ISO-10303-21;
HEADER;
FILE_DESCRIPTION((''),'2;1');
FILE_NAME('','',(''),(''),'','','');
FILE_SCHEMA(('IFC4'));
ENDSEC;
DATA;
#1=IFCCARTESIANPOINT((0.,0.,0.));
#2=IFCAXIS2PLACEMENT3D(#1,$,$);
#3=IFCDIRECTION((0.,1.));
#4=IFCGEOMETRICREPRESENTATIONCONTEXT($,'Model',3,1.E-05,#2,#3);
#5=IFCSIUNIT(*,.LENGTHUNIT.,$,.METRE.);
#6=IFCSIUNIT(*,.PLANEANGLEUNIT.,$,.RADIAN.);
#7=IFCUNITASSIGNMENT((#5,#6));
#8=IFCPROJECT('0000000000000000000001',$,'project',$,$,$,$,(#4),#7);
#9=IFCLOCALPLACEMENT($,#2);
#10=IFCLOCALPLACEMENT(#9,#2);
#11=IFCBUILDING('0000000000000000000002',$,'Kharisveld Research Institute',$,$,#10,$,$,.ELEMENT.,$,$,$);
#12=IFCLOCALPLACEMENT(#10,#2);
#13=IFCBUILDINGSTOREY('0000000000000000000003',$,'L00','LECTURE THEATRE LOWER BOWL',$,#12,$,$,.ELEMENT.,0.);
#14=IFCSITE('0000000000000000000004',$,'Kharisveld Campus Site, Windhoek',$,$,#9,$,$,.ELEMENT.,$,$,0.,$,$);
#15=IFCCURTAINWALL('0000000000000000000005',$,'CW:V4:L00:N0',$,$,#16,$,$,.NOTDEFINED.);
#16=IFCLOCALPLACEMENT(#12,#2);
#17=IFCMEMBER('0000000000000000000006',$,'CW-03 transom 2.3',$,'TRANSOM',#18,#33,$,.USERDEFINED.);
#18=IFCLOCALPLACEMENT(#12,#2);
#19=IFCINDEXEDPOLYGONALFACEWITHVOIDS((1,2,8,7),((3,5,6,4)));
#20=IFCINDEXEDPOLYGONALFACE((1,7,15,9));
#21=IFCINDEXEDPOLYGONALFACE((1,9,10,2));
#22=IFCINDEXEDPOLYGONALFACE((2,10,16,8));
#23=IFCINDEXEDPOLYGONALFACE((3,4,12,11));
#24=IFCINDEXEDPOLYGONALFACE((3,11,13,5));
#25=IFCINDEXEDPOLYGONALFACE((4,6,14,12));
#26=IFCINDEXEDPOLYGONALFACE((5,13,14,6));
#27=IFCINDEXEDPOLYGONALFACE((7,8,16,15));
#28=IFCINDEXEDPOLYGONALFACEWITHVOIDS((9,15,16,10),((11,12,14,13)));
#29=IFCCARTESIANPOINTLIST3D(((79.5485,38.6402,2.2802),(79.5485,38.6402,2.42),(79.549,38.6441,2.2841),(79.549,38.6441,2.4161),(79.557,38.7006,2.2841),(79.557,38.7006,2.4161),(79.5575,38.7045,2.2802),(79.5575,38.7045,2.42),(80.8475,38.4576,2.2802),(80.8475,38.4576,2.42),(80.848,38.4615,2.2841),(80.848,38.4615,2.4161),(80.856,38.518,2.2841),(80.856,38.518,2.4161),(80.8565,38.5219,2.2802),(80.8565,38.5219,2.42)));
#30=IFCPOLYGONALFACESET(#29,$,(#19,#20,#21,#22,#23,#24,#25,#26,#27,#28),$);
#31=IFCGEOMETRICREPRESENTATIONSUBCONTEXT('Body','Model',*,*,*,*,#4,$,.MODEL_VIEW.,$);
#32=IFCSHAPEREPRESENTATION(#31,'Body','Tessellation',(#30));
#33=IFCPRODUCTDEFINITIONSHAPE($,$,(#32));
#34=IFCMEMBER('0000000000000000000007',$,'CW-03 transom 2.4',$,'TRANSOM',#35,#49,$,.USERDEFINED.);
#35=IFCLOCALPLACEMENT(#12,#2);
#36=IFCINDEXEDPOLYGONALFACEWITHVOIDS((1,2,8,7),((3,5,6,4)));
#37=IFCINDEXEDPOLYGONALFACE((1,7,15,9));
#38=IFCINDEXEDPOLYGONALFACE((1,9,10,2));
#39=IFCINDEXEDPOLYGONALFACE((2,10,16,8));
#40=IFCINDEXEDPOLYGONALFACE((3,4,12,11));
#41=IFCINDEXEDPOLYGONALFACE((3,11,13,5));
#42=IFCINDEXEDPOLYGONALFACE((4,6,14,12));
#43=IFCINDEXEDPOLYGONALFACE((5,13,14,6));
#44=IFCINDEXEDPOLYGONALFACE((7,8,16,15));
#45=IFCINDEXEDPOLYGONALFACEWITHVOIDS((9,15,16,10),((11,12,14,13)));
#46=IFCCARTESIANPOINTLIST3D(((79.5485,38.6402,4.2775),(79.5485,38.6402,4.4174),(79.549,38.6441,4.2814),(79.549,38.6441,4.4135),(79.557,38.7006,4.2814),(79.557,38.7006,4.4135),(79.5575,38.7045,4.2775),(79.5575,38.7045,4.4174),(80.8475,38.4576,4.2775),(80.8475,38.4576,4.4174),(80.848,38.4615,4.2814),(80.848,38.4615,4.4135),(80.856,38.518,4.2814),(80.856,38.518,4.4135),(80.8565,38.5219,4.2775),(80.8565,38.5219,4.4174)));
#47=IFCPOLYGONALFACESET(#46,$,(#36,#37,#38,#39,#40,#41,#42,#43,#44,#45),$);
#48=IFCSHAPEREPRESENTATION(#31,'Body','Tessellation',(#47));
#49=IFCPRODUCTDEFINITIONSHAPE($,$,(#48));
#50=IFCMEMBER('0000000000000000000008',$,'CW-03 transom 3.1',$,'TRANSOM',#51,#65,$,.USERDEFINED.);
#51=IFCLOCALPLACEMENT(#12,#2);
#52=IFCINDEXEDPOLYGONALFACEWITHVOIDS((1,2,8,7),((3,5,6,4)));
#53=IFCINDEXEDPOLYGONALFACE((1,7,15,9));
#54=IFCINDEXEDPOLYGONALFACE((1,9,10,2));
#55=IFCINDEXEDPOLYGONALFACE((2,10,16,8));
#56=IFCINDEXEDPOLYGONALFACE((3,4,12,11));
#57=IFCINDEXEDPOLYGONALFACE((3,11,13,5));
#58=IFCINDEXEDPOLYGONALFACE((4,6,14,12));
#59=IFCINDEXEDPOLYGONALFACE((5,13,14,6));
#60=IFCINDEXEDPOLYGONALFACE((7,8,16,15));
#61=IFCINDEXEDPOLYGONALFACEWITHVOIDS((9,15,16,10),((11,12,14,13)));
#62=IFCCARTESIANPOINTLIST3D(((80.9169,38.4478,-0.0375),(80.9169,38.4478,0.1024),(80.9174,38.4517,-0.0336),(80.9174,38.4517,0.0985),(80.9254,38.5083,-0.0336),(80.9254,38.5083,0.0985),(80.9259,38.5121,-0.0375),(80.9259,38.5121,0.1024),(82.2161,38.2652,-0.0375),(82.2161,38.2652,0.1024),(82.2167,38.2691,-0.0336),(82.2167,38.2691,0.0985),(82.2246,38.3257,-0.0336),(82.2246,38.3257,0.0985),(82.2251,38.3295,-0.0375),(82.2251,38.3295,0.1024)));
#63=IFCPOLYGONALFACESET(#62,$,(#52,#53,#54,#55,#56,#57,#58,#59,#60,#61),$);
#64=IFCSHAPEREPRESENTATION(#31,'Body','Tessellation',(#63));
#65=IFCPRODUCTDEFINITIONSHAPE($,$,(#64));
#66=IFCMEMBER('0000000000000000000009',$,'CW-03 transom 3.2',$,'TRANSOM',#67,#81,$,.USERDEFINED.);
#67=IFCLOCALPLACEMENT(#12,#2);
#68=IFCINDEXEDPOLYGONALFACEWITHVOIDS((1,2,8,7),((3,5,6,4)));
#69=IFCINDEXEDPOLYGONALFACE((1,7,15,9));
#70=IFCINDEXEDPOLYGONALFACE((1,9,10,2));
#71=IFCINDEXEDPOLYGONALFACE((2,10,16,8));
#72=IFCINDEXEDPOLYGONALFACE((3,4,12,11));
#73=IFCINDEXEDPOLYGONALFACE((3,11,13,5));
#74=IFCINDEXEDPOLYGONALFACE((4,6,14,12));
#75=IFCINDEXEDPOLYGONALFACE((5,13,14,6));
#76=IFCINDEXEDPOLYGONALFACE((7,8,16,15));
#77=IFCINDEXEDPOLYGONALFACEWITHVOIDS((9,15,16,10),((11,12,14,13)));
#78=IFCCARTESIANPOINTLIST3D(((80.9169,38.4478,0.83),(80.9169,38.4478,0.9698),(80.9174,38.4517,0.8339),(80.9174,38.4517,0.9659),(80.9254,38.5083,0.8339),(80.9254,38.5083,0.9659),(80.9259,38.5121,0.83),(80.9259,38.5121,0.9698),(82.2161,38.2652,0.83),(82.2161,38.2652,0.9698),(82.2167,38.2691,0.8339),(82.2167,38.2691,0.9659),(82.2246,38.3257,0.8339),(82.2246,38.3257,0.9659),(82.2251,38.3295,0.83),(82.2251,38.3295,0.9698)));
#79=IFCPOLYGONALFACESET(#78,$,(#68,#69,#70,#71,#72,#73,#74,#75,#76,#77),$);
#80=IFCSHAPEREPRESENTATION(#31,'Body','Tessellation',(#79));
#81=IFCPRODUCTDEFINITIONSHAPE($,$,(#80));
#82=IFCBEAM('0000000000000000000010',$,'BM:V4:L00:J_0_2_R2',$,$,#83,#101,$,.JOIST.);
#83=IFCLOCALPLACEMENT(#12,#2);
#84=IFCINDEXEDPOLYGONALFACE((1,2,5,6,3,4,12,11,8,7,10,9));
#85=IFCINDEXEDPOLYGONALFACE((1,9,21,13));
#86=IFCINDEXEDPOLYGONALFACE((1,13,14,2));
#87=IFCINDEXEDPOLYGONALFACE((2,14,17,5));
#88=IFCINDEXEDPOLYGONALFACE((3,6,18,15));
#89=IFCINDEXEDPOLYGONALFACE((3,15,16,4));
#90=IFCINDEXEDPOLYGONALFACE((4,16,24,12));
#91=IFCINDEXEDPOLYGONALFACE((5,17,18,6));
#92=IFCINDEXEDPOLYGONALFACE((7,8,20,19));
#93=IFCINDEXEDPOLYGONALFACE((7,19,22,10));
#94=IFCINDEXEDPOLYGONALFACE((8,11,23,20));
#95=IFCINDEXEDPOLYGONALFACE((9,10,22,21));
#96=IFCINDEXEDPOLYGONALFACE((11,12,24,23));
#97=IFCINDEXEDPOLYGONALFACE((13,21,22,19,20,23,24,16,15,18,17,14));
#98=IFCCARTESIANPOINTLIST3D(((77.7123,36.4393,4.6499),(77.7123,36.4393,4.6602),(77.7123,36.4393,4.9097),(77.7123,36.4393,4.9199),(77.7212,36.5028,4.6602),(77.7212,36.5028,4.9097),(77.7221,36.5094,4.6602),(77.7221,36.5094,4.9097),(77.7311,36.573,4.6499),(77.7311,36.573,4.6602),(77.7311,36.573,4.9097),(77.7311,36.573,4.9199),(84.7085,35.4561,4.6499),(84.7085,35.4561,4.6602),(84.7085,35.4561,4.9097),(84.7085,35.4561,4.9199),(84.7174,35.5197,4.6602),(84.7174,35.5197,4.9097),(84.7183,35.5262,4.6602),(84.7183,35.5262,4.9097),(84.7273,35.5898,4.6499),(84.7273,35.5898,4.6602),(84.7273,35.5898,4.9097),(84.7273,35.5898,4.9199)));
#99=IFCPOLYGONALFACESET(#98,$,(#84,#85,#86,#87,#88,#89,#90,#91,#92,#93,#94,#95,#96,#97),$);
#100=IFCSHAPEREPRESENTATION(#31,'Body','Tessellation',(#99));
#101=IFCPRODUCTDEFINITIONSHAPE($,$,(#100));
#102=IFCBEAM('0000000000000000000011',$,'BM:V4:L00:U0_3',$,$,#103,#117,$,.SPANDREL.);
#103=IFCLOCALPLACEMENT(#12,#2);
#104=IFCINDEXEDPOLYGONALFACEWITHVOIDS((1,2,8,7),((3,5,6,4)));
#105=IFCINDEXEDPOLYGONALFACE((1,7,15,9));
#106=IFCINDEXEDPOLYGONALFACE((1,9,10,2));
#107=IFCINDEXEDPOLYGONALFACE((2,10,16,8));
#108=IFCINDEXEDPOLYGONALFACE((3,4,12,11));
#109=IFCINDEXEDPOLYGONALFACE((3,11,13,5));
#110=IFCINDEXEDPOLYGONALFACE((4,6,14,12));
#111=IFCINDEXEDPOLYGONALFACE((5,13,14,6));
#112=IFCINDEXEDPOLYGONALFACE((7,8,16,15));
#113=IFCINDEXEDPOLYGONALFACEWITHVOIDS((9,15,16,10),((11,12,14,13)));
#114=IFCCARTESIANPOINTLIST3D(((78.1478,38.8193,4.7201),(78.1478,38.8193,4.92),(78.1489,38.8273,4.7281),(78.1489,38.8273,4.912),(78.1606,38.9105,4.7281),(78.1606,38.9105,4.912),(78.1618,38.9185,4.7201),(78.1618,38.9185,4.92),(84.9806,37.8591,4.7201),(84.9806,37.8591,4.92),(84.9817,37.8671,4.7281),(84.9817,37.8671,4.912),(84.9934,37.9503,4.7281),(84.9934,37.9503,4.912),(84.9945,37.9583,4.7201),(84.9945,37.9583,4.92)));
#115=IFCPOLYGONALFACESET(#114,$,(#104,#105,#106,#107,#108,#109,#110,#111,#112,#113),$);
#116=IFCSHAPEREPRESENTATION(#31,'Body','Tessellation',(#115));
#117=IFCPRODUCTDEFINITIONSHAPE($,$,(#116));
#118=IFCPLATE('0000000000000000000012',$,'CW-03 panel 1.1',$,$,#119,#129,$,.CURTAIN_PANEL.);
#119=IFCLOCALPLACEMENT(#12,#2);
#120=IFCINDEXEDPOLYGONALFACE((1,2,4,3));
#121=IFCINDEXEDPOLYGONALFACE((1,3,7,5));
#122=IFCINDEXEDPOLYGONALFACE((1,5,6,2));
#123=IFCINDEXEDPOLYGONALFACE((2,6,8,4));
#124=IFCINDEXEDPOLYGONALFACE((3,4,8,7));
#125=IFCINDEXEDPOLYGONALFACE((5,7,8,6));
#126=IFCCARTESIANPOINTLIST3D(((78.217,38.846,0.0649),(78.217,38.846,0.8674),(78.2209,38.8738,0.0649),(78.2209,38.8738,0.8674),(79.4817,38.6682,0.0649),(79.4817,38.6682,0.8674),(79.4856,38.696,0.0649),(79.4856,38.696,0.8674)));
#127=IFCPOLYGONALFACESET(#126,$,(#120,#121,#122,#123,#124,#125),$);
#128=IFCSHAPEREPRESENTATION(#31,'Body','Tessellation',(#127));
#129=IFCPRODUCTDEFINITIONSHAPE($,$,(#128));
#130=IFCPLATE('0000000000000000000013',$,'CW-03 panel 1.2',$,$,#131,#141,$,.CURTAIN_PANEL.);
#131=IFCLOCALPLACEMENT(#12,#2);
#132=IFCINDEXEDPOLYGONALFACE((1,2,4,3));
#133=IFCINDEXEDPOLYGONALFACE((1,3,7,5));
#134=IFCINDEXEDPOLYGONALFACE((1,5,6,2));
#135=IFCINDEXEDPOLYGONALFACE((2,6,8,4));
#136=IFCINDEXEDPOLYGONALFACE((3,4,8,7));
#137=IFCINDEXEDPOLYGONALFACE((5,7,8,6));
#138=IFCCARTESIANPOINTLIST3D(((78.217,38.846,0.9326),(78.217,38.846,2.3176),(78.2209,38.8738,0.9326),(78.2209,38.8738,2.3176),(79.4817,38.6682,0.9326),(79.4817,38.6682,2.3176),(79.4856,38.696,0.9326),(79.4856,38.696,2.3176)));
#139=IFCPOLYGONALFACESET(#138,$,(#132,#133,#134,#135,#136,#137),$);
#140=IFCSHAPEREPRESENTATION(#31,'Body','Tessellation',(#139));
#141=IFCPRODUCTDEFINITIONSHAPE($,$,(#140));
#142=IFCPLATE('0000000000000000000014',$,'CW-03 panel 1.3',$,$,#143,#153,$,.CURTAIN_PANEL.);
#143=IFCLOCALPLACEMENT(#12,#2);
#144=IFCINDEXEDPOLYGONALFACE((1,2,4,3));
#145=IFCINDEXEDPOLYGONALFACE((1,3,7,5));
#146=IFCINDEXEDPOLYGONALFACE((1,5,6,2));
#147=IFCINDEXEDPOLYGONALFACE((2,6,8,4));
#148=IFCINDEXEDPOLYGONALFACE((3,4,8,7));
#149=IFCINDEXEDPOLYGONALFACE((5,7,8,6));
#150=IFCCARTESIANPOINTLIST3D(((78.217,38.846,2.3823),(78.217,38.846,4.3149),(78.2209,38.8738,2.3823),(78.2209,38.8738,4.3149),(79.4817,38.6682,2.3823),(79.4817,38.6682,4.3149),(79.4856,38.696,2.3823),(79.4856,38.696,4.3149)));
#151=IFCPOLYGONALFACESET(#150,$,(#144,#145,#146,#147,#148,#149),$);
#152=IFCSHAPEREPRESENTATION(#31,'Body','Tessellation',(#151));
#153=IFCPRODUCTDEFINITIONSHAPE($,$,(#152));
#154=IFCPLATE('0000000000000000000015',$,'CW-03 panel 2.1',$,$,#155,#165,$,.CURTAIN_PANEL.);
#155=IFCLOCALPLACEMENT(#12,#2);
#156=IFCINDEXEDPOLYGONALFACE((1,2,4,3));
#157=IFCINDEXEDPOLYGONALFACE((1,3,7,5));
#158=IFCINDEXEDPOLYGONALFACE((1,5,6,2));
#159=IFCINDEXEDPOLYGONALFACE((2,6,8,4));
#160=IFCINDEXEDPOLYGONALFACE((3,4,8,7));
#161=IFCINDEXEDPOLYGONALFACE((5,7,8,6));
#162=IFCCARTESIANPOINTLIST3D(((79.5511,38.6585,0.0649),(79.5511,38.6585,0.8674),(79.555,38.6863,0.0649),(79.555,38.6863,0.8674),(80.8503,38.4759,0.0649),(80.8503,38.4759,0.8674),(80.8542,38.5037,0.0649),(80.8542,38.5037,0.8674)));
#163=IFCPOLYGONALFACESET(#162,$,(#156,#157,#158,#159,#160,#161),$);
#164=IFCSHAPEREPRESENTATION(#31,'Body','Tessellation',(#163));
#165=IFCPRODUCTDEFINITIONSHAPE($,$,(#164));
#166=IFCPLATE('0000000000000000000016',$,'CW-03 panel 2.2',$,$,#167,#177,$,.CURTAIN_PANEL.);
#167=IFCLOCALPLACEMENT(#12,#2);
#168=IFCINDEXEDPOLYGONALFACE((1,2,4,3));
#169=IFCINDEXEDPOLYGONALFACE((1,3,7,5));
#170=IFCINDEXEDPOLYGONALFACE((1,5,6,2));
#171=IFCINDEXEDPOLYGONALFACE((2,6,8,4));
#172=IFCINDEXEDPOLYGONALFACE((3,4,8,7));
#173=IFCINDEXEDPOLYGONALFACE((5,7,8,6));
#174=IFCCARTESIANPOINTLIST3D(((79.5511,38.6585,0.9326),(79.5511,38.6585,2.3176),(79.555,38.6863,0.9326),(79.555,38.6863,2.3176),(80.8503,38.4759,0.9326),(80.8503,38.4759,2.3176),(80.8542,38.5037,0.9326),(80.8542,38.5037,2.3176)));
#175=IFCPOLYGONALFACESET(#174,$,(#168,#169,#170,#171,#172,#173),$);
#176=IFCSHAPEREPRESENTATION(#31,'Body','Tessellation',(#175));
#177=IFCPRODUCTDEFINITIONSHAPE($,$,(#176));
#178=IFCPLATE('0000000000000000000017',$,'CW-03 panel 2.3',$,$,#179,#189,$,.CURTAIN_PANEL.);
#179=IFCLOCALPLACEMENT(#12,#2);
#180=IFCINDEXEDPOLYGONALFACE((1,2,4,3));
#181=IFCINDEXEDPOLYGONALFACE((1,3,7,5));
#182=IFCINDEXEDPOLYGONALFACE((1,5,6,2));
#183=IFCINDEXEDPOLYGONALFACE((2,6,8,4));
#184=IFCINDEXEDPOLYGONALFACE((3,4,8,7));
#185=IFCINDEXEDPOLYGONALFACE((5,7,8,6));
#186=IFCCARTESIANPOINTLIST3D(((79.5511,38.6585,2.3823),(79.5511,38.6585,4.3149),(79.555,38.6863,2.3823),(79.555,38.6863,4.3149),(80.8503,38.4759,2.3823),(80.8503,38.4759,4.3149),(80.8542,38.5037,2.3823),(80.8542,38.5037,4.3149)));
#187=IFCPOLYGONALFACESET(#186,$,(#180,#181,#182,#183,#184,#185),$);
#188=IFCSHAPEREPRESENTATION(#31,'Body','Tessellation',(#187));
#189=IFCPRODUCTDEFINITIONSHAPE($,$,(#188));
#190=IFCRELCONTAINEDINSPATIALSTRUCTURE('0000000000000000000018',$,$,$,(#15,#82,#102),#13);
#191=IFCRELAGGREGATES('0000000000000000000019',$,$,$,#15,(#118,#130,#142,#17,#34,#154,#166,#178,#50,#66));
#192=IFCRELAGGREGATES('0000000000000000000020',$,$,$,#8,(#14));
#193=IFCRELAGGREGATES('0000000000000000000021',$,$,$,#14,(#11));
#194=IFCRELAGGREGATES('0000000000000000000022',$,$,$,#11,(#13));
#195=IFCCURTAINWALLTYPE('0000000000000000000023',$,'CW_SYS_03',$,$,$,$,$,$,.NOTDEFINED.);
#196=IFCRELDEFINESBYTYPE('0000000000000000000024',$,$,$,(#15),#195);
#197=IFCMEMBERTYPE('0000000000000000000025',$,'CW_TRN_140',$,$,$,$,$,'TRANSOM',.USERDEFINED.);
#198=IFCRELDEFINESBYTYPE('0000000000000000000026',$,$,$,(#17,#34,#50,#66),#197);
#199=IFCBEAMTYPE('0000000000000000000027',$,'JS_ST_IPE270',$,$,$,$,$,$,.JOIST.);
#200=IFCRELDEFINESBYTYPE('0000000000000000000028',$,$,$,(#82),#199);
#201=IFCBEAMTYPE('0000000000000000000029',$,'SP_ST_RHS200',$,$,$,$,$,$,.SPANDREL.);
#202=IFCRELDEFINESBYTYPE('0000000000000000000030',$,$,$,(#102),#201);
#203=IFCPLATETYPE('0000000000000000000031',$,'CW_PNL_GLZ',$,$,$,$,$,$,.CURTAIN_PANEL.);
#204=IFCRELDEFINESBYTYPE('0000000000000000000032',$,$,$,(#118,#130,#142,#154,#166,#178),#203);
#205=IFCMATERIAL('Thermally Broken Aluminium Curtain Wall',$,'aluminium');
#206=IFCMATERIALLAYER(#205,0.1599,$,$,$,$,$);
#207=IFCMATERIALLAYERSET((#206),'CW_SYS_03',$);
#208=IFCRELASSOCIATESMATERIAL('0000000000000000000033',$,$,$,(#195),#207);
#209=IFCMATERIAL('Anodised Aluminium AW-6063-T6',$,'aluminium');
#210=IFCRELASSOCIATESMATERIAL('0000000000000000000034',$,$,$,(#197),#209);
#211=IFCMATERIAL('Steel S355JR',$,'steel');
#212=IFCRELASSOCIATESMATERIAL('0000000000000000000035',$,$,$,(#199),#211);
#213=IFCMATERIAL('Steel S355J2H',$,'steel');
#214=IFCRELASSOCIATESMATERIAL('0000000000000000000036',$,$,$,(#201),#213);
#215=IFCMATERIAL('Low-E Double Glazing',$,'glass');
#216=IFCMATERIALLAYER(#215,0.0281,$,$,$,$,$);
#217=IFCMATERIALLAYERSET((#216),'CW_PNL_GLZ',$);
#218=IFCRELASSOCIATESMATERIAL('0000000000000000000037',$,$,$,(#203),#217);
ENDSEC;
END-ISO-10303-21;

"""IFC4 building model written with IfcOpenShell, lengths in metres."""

from ifc_helpers import new_model, si_unit, direction, frame, origin, origin_2d, place, context, subcontext, project, spatial, rectangle, hollow_rectangle, i_section, extrude, material, layer, layer_set, material_profile, profile_set, type_object, element, aggregate, save


model = new_model("IFC4")

# Units and contexts
model_context = context("Model", 3, precision=1e-05, world=origin(), true_north=direction((0.0, 1.0)))
body_context = subcontext(model_context, "Body", "Model", "MODEL_VIEW")
ifc_project = project(units=[si_unit("LENGTHUNIT", "METRE"), si_unit("PLANEANGLEUNIT", "RADIAN")], contexts=[model_context])

# Site, building, storey
site_placement = place(None, origin())
site = spatial("IfcSite", under=ifc_project, at=site_placement, Name="Kharisveld Campus Site, Windhoek", CompositionType="ELEMENT", RefElevation=0.0)
building_placement = place(site_placement, origin())
building = spatial("IfcBuilding", under=site, at=building_placement, Name="Kharisveld Research Institute", CompositionType="ELEMENT")
storey_placement = place(building_placement, origin())
storey = spatial("IfcBuildingStorey", under=building, at=storey_placement, Name="L00", Description="LECTURE THEATRE LOWER BOWL", CompositionType="ELEMENT", Elevation=0.0)

# Curtain wall, members
ifc_material_1 = material(Name="Thermally Broken Aluminium Curtain Wall", Category="aluminium")
ifc_layer_1 = layer(ifc_material_1, 0.1599)
ifc_layer_set_1 = layer_set([ifc_layer_1], Name="CW_SYS_03")
curtain_wall_type = type_object("IfcCurtainWallType", Name="CW_SYS_03", PredefinedType="NOTDEFINED", material=ifc_layer_set_1)
curtain_wall_placement = place(storey_placement, origin())
curtain_wall = element("IfcCurtainWall", 1, at=curtain_wall_placement, inside=storey, type_object=curtain_wall_type, Name="CW:V4:L00:N0", PredefinedType="NOTDEFINED")
ifc_material_2 = material(Name="Anodised Aluminium AW-6063-T6", Category="aluminium")
ifc_material_profile_1 = material_profile(ifc_material_2, hollow_rectangle(XDim=0.0649, YDim=0.1399, WallThickness=0.0039, at=origin_2d()))
ifc_profile_set_1 = profile_set([ifc_material_profile_1], Name="Anodised Aluminium AW-6063-T6")
member_type_1 = type_object("IfcMemberType", Name="CW_TRN_140", ElementType="TRANSOM", PredefinedType="USERDEFINED", material=ifc_profile_set_1)
member_1_placement = place(storey_placement, frame((79.553, 38.6724, 2.3501), z_axis=(0.990263, -0.139206, 0.0), x_axis=(0.139206, 0.990263, 0.0)))
member_1 = element("IfcMember", 2, at=member_1_placement, type_object=member_type_1, Name="CW-03 transom 2.3", ObjectType="TRANSOM", PredefinedType="USERDEFINED", context=body_context, shape_type="SweptSolid", body=[
    extrude(hollow_rectangle(XDim=0.0649, YDim=0.1399, WallThickness=0.0039, at=origin_2d()), origin(), (0.0, 0.0, 1.0), 1.3118),
])
member_2_placement = place(storey_placement, frame((79.553, 38.6724, 4.3474), z_axis=(0.990263, -0.139206, 0.0), x_axis=(0.139206, 0.990263, 0.0)))
member_2 = element("IfcMember", 3, at=member_2_placement, type_object=member_type_1, Name="CW-03 transom 2.4", ObjectType="TRANSOM", PredefinedType="USERDEFINED", context=body_context, shape_type="SweptSolid", body=[
    extrude(hollow_rectangle(XDim=0.0649, YDim=0.1399, WallThickness=0.0039, at=origin_2d()), origin(), (0.0, 0.0, 1.0), 1.3118),
])
member_3_placement = place(storey_placement, frame((80.9214, 38.48, 0.0325), z_axis=(0.990267, -0.139181, 0.0), x_axis=(0.139181, 0.990267, 0.0)))
member_3 = element("IfcMember", 4, at=member_3_placement, type_object=member_type_1, Name="CW-03 transom 3.1", ObjectType="TRANSOM", PredefinedType="USERDEFINED", context=body_context, shape_type="SweptSolid", body=[
    extrude(hollow_rectangle(XDim=0.0649, YDim=0.1399, WallThickness=0.0039, at=origin_2d()), origin(), (0.0, 0.0, 1.0), 1.312),
])
member_4_placement = place(storey_placement, frame((80.9214, 38.48, 0.8999), z_axis=(0.990267, -0.139181, 0.0), x_axis=(0.139181, 0.990267, 0.0)))
member_4 = element("IfcMember", 5, at=member_4_placement, type_object=member_type_1, Name="CW-03 transom 3.2", ObjectType="TRANSOM", PredefinedType="USERDEFINED", context=body_context, shape_type="SweptSolid", body=[
    extrude(hollow_rectangle(XDim=0.0649, YDim=0.1399, WallThickness=0.0039, at=origin_2d()), origin(), (0.0, 0.0, 1.0), 1.312),
])

# Beams
ifc_material_3 = material(Name="Steel S355JR", Category="steel")
ifc_material_profile_2 = material_profile(ifc_material_3, i_section(OverallWidth=0.135, OverallDepth=0.27, WebThickness=0.0066, FlangeThickness=0.0103, at=origin_2d()))
ifc_profile_set_2 = profile_set([ifc_material_profile_2], Name="Steel S355JR")
beam_type_1 = type_object("IfcBeamType", Name="JS_ST_IPE270", PredefinedType="JOIST", material=ifc_profile_set_2)
beam_1_placement = place(storey_placement, frame((77.7217, 36.5061, 4.7849), z_axis=(0.99027, -0.139162, 0.0), x_axis=(0.139162, 0.99027, 0.0)))
element("IfcBeam", 6, at=beam_1_placement, inside=storey, type_object=beam_type_1, Name="BM:V4:L00:J_0_2_R2", PredefinedType="JOIST", context=body_context, shape_type="SweptSolid", body=[
    extrude(i_section(OverallWidth=0.135, OverallDepth=0.27, WebThickness=0.0066, FlangeThickness=0.0103, at=origin_2d()), origin(), (0.0, 0.0, 1.0), 7.0649),
])
ifc_material_4 = material(Name="Steel S355J2H", Category="steel")
ifc_material_profile_3 = material_profile(ifc_material_4, hollow_rectangle(XDim=0.1001, YDim=0.2, WallThickness=0.0081, at=origin_2d()))
ifc_profile_set_3 = profile_set([ifc_material_profile_3], Name="Steel S355J2H")
beam_type_2 = type_object("IfcBeamType", Name="SP_ST_RHS200", PredefinedType="SPANDREL", material=ifc_profile_set_3)
beam_2_placement = place(storey_placement, frame((78.1548, 38.8689, 4.8201), z_axis=(0.99027, -0.139162, 0.0), x_axis=(0.139162, 0.99027, 0.0)))
element("IfcBeam", 7, at=beam_2_placement, inside=storey, type_object=beam_type_2, Name="BM:V4:L00:U0_3", PredefinedType="SPANDREL", context=body_context, shape_type="SweptSolid", body=[
    extrude(hollow_rectangle(XDim=0.1001, YDim=0.2, WallThickness=0.0081, at=origin_2d()), origin(), (0.0, 0.0, 1.0), 6.8999),
])

# Plates
ifc_material_5 = material(Name="Low-E Double Glazing", Category="glass")
ifc_layer_2 = layer(ifc_material_5, 0.0281)
ifc_layer_set_2 = layer_set([ifc_layer_2], Name="CW_PNL_GLZ")
plate_type_1 = type_object("IfcPlateType", Name="CW_PNL_GLZ", PredefinedType="CURTAIN_PANEL", material=ifc_layer_set_2)
plate_1_placement = place(storey_placement, frame((78.8513, 38.771, 0.0649), z_axis=(0.0, 0.0, 1.0), x_axis=(0.990268, -0.139173, 0.0)))
plate_1 = element("IfcPlate", 8, at=plate_1_placement, type_object=plate_type_1, Name="CW-03 panel 1.1", PredefinedType="CURTAIN_PANEL", context=body_context, shape_type="SweptSolid", body=[
    extrude(rectangle(XDim=1.2771, YDim=0.0281, at=origin_2d()), origin(), (0.0, 0.0, 1.0), 0.8025),
])
plate_2_placement = place(storey_placement, frame((78.8513, 38.771, 0.9326), z_axis=(0.0, 0.0, 1.0), x_axis=(0.990268, -0.139173, 0.0)))
plate_2 = element("IfcPlate", 9, at=plate_2_placement, type_object=plate_type_1, Name="CW-03 panel 1.2", PredefinedType="CURTAIN_PANEL", context=body_context, shape_type="SweptSolid", body=[
    extrude(rectangle(XDim=1.2771, YDim=0.0281, at=origin_2d()), origin(), (0.0, 0.0, 1.0), 1.385),
])
plate_3_placement = place(storey_placement, frame((78.8513, 38.771, 2.3823), z_axis=(0.0, 0.0, 1.0), x_axis=(0.990268, -0.139173, 0.0)))
plate_3 = element("IfcPlate", 10, at=plate_3_placement, type_object=plate_type_1, Name="CW-03 panel 1.3", PredefinedType="CURTAIN_PANEL", context=body_context, shape_type="SweptSolid", body=[
    extrude(rectangle(XDim=1.2771, YDim=0.0281, at=origin_2d()), origin(), (0.0, 0.0, 1.0), 1.9326),
])
plate_4_placement = place(storey_placement, frame((80.2026, 38.5811, 0.0649), z_axis=(0.0, 0.0, 1.0), x_axis=(0.990268, -0.139173, 0.0)))
plate_4 = element("IfcPlate", 11, at=plate_4_placement, type_object=plate_type_1, Name="CW-03 panel 2.1", PredefinedType="CURTAIN_PANEL", context=body_context, shape_type="SweptSolid", body=[
    extrude(rectangle(XDim=1.312, YDim=0.0281, at=origin_2d()), origin(), (0.0, 0.0, 1.0), 0.8025),
])
plate_5_placement = place(storey_placement, frame((80.2026, 38.5811, 0.9326), z_axis=(0.0, 0.0, 1.0), x_axis=(0.990268, -0.139173, 0.0)))
plate_5 = element("IfcPlate", 12, at=plate_5_placement, type_object=plate_type_1, Name="CW-03 panel 2.2", PredefinedType="CURTAIN_PANEL", context=body_context, shape_type="SweptSolid", body=[
    extrude(rectangle(XDim=1.312, YDim=0.0281, at=origin_2d()), origin(), (0.0, 0.0, 1.0), 1.385),
])
plate_6_placement = place(storey_placement, frame((80.2026, 38.5811, 2.3823), z_axis=(0.0, 0.0, 1.0), x_axis=(0.990268, -0.139173, 0.0)))
plate_6 = element("IfcPlate", 13, at=plate_6_placement, type_object=plate_type_1, Name="CW-03 panel 2.3", PredefinedType="CURTAIN_PANEL", context=body_context, shape_type="SweptSolid", body=[
    extrude(rectangle(XDim=1.312, YDim=0.0281, at=origin_2d()), origin(), (0.0, 0.0, 1.0), 1.9326),
])
aggregate(curtain_wall, [plate_1, plate_2, plate_3, member_1, member_2, plate_4, plate_5, plate_6, member_3, member_4])

save(model, "model.ifc")
